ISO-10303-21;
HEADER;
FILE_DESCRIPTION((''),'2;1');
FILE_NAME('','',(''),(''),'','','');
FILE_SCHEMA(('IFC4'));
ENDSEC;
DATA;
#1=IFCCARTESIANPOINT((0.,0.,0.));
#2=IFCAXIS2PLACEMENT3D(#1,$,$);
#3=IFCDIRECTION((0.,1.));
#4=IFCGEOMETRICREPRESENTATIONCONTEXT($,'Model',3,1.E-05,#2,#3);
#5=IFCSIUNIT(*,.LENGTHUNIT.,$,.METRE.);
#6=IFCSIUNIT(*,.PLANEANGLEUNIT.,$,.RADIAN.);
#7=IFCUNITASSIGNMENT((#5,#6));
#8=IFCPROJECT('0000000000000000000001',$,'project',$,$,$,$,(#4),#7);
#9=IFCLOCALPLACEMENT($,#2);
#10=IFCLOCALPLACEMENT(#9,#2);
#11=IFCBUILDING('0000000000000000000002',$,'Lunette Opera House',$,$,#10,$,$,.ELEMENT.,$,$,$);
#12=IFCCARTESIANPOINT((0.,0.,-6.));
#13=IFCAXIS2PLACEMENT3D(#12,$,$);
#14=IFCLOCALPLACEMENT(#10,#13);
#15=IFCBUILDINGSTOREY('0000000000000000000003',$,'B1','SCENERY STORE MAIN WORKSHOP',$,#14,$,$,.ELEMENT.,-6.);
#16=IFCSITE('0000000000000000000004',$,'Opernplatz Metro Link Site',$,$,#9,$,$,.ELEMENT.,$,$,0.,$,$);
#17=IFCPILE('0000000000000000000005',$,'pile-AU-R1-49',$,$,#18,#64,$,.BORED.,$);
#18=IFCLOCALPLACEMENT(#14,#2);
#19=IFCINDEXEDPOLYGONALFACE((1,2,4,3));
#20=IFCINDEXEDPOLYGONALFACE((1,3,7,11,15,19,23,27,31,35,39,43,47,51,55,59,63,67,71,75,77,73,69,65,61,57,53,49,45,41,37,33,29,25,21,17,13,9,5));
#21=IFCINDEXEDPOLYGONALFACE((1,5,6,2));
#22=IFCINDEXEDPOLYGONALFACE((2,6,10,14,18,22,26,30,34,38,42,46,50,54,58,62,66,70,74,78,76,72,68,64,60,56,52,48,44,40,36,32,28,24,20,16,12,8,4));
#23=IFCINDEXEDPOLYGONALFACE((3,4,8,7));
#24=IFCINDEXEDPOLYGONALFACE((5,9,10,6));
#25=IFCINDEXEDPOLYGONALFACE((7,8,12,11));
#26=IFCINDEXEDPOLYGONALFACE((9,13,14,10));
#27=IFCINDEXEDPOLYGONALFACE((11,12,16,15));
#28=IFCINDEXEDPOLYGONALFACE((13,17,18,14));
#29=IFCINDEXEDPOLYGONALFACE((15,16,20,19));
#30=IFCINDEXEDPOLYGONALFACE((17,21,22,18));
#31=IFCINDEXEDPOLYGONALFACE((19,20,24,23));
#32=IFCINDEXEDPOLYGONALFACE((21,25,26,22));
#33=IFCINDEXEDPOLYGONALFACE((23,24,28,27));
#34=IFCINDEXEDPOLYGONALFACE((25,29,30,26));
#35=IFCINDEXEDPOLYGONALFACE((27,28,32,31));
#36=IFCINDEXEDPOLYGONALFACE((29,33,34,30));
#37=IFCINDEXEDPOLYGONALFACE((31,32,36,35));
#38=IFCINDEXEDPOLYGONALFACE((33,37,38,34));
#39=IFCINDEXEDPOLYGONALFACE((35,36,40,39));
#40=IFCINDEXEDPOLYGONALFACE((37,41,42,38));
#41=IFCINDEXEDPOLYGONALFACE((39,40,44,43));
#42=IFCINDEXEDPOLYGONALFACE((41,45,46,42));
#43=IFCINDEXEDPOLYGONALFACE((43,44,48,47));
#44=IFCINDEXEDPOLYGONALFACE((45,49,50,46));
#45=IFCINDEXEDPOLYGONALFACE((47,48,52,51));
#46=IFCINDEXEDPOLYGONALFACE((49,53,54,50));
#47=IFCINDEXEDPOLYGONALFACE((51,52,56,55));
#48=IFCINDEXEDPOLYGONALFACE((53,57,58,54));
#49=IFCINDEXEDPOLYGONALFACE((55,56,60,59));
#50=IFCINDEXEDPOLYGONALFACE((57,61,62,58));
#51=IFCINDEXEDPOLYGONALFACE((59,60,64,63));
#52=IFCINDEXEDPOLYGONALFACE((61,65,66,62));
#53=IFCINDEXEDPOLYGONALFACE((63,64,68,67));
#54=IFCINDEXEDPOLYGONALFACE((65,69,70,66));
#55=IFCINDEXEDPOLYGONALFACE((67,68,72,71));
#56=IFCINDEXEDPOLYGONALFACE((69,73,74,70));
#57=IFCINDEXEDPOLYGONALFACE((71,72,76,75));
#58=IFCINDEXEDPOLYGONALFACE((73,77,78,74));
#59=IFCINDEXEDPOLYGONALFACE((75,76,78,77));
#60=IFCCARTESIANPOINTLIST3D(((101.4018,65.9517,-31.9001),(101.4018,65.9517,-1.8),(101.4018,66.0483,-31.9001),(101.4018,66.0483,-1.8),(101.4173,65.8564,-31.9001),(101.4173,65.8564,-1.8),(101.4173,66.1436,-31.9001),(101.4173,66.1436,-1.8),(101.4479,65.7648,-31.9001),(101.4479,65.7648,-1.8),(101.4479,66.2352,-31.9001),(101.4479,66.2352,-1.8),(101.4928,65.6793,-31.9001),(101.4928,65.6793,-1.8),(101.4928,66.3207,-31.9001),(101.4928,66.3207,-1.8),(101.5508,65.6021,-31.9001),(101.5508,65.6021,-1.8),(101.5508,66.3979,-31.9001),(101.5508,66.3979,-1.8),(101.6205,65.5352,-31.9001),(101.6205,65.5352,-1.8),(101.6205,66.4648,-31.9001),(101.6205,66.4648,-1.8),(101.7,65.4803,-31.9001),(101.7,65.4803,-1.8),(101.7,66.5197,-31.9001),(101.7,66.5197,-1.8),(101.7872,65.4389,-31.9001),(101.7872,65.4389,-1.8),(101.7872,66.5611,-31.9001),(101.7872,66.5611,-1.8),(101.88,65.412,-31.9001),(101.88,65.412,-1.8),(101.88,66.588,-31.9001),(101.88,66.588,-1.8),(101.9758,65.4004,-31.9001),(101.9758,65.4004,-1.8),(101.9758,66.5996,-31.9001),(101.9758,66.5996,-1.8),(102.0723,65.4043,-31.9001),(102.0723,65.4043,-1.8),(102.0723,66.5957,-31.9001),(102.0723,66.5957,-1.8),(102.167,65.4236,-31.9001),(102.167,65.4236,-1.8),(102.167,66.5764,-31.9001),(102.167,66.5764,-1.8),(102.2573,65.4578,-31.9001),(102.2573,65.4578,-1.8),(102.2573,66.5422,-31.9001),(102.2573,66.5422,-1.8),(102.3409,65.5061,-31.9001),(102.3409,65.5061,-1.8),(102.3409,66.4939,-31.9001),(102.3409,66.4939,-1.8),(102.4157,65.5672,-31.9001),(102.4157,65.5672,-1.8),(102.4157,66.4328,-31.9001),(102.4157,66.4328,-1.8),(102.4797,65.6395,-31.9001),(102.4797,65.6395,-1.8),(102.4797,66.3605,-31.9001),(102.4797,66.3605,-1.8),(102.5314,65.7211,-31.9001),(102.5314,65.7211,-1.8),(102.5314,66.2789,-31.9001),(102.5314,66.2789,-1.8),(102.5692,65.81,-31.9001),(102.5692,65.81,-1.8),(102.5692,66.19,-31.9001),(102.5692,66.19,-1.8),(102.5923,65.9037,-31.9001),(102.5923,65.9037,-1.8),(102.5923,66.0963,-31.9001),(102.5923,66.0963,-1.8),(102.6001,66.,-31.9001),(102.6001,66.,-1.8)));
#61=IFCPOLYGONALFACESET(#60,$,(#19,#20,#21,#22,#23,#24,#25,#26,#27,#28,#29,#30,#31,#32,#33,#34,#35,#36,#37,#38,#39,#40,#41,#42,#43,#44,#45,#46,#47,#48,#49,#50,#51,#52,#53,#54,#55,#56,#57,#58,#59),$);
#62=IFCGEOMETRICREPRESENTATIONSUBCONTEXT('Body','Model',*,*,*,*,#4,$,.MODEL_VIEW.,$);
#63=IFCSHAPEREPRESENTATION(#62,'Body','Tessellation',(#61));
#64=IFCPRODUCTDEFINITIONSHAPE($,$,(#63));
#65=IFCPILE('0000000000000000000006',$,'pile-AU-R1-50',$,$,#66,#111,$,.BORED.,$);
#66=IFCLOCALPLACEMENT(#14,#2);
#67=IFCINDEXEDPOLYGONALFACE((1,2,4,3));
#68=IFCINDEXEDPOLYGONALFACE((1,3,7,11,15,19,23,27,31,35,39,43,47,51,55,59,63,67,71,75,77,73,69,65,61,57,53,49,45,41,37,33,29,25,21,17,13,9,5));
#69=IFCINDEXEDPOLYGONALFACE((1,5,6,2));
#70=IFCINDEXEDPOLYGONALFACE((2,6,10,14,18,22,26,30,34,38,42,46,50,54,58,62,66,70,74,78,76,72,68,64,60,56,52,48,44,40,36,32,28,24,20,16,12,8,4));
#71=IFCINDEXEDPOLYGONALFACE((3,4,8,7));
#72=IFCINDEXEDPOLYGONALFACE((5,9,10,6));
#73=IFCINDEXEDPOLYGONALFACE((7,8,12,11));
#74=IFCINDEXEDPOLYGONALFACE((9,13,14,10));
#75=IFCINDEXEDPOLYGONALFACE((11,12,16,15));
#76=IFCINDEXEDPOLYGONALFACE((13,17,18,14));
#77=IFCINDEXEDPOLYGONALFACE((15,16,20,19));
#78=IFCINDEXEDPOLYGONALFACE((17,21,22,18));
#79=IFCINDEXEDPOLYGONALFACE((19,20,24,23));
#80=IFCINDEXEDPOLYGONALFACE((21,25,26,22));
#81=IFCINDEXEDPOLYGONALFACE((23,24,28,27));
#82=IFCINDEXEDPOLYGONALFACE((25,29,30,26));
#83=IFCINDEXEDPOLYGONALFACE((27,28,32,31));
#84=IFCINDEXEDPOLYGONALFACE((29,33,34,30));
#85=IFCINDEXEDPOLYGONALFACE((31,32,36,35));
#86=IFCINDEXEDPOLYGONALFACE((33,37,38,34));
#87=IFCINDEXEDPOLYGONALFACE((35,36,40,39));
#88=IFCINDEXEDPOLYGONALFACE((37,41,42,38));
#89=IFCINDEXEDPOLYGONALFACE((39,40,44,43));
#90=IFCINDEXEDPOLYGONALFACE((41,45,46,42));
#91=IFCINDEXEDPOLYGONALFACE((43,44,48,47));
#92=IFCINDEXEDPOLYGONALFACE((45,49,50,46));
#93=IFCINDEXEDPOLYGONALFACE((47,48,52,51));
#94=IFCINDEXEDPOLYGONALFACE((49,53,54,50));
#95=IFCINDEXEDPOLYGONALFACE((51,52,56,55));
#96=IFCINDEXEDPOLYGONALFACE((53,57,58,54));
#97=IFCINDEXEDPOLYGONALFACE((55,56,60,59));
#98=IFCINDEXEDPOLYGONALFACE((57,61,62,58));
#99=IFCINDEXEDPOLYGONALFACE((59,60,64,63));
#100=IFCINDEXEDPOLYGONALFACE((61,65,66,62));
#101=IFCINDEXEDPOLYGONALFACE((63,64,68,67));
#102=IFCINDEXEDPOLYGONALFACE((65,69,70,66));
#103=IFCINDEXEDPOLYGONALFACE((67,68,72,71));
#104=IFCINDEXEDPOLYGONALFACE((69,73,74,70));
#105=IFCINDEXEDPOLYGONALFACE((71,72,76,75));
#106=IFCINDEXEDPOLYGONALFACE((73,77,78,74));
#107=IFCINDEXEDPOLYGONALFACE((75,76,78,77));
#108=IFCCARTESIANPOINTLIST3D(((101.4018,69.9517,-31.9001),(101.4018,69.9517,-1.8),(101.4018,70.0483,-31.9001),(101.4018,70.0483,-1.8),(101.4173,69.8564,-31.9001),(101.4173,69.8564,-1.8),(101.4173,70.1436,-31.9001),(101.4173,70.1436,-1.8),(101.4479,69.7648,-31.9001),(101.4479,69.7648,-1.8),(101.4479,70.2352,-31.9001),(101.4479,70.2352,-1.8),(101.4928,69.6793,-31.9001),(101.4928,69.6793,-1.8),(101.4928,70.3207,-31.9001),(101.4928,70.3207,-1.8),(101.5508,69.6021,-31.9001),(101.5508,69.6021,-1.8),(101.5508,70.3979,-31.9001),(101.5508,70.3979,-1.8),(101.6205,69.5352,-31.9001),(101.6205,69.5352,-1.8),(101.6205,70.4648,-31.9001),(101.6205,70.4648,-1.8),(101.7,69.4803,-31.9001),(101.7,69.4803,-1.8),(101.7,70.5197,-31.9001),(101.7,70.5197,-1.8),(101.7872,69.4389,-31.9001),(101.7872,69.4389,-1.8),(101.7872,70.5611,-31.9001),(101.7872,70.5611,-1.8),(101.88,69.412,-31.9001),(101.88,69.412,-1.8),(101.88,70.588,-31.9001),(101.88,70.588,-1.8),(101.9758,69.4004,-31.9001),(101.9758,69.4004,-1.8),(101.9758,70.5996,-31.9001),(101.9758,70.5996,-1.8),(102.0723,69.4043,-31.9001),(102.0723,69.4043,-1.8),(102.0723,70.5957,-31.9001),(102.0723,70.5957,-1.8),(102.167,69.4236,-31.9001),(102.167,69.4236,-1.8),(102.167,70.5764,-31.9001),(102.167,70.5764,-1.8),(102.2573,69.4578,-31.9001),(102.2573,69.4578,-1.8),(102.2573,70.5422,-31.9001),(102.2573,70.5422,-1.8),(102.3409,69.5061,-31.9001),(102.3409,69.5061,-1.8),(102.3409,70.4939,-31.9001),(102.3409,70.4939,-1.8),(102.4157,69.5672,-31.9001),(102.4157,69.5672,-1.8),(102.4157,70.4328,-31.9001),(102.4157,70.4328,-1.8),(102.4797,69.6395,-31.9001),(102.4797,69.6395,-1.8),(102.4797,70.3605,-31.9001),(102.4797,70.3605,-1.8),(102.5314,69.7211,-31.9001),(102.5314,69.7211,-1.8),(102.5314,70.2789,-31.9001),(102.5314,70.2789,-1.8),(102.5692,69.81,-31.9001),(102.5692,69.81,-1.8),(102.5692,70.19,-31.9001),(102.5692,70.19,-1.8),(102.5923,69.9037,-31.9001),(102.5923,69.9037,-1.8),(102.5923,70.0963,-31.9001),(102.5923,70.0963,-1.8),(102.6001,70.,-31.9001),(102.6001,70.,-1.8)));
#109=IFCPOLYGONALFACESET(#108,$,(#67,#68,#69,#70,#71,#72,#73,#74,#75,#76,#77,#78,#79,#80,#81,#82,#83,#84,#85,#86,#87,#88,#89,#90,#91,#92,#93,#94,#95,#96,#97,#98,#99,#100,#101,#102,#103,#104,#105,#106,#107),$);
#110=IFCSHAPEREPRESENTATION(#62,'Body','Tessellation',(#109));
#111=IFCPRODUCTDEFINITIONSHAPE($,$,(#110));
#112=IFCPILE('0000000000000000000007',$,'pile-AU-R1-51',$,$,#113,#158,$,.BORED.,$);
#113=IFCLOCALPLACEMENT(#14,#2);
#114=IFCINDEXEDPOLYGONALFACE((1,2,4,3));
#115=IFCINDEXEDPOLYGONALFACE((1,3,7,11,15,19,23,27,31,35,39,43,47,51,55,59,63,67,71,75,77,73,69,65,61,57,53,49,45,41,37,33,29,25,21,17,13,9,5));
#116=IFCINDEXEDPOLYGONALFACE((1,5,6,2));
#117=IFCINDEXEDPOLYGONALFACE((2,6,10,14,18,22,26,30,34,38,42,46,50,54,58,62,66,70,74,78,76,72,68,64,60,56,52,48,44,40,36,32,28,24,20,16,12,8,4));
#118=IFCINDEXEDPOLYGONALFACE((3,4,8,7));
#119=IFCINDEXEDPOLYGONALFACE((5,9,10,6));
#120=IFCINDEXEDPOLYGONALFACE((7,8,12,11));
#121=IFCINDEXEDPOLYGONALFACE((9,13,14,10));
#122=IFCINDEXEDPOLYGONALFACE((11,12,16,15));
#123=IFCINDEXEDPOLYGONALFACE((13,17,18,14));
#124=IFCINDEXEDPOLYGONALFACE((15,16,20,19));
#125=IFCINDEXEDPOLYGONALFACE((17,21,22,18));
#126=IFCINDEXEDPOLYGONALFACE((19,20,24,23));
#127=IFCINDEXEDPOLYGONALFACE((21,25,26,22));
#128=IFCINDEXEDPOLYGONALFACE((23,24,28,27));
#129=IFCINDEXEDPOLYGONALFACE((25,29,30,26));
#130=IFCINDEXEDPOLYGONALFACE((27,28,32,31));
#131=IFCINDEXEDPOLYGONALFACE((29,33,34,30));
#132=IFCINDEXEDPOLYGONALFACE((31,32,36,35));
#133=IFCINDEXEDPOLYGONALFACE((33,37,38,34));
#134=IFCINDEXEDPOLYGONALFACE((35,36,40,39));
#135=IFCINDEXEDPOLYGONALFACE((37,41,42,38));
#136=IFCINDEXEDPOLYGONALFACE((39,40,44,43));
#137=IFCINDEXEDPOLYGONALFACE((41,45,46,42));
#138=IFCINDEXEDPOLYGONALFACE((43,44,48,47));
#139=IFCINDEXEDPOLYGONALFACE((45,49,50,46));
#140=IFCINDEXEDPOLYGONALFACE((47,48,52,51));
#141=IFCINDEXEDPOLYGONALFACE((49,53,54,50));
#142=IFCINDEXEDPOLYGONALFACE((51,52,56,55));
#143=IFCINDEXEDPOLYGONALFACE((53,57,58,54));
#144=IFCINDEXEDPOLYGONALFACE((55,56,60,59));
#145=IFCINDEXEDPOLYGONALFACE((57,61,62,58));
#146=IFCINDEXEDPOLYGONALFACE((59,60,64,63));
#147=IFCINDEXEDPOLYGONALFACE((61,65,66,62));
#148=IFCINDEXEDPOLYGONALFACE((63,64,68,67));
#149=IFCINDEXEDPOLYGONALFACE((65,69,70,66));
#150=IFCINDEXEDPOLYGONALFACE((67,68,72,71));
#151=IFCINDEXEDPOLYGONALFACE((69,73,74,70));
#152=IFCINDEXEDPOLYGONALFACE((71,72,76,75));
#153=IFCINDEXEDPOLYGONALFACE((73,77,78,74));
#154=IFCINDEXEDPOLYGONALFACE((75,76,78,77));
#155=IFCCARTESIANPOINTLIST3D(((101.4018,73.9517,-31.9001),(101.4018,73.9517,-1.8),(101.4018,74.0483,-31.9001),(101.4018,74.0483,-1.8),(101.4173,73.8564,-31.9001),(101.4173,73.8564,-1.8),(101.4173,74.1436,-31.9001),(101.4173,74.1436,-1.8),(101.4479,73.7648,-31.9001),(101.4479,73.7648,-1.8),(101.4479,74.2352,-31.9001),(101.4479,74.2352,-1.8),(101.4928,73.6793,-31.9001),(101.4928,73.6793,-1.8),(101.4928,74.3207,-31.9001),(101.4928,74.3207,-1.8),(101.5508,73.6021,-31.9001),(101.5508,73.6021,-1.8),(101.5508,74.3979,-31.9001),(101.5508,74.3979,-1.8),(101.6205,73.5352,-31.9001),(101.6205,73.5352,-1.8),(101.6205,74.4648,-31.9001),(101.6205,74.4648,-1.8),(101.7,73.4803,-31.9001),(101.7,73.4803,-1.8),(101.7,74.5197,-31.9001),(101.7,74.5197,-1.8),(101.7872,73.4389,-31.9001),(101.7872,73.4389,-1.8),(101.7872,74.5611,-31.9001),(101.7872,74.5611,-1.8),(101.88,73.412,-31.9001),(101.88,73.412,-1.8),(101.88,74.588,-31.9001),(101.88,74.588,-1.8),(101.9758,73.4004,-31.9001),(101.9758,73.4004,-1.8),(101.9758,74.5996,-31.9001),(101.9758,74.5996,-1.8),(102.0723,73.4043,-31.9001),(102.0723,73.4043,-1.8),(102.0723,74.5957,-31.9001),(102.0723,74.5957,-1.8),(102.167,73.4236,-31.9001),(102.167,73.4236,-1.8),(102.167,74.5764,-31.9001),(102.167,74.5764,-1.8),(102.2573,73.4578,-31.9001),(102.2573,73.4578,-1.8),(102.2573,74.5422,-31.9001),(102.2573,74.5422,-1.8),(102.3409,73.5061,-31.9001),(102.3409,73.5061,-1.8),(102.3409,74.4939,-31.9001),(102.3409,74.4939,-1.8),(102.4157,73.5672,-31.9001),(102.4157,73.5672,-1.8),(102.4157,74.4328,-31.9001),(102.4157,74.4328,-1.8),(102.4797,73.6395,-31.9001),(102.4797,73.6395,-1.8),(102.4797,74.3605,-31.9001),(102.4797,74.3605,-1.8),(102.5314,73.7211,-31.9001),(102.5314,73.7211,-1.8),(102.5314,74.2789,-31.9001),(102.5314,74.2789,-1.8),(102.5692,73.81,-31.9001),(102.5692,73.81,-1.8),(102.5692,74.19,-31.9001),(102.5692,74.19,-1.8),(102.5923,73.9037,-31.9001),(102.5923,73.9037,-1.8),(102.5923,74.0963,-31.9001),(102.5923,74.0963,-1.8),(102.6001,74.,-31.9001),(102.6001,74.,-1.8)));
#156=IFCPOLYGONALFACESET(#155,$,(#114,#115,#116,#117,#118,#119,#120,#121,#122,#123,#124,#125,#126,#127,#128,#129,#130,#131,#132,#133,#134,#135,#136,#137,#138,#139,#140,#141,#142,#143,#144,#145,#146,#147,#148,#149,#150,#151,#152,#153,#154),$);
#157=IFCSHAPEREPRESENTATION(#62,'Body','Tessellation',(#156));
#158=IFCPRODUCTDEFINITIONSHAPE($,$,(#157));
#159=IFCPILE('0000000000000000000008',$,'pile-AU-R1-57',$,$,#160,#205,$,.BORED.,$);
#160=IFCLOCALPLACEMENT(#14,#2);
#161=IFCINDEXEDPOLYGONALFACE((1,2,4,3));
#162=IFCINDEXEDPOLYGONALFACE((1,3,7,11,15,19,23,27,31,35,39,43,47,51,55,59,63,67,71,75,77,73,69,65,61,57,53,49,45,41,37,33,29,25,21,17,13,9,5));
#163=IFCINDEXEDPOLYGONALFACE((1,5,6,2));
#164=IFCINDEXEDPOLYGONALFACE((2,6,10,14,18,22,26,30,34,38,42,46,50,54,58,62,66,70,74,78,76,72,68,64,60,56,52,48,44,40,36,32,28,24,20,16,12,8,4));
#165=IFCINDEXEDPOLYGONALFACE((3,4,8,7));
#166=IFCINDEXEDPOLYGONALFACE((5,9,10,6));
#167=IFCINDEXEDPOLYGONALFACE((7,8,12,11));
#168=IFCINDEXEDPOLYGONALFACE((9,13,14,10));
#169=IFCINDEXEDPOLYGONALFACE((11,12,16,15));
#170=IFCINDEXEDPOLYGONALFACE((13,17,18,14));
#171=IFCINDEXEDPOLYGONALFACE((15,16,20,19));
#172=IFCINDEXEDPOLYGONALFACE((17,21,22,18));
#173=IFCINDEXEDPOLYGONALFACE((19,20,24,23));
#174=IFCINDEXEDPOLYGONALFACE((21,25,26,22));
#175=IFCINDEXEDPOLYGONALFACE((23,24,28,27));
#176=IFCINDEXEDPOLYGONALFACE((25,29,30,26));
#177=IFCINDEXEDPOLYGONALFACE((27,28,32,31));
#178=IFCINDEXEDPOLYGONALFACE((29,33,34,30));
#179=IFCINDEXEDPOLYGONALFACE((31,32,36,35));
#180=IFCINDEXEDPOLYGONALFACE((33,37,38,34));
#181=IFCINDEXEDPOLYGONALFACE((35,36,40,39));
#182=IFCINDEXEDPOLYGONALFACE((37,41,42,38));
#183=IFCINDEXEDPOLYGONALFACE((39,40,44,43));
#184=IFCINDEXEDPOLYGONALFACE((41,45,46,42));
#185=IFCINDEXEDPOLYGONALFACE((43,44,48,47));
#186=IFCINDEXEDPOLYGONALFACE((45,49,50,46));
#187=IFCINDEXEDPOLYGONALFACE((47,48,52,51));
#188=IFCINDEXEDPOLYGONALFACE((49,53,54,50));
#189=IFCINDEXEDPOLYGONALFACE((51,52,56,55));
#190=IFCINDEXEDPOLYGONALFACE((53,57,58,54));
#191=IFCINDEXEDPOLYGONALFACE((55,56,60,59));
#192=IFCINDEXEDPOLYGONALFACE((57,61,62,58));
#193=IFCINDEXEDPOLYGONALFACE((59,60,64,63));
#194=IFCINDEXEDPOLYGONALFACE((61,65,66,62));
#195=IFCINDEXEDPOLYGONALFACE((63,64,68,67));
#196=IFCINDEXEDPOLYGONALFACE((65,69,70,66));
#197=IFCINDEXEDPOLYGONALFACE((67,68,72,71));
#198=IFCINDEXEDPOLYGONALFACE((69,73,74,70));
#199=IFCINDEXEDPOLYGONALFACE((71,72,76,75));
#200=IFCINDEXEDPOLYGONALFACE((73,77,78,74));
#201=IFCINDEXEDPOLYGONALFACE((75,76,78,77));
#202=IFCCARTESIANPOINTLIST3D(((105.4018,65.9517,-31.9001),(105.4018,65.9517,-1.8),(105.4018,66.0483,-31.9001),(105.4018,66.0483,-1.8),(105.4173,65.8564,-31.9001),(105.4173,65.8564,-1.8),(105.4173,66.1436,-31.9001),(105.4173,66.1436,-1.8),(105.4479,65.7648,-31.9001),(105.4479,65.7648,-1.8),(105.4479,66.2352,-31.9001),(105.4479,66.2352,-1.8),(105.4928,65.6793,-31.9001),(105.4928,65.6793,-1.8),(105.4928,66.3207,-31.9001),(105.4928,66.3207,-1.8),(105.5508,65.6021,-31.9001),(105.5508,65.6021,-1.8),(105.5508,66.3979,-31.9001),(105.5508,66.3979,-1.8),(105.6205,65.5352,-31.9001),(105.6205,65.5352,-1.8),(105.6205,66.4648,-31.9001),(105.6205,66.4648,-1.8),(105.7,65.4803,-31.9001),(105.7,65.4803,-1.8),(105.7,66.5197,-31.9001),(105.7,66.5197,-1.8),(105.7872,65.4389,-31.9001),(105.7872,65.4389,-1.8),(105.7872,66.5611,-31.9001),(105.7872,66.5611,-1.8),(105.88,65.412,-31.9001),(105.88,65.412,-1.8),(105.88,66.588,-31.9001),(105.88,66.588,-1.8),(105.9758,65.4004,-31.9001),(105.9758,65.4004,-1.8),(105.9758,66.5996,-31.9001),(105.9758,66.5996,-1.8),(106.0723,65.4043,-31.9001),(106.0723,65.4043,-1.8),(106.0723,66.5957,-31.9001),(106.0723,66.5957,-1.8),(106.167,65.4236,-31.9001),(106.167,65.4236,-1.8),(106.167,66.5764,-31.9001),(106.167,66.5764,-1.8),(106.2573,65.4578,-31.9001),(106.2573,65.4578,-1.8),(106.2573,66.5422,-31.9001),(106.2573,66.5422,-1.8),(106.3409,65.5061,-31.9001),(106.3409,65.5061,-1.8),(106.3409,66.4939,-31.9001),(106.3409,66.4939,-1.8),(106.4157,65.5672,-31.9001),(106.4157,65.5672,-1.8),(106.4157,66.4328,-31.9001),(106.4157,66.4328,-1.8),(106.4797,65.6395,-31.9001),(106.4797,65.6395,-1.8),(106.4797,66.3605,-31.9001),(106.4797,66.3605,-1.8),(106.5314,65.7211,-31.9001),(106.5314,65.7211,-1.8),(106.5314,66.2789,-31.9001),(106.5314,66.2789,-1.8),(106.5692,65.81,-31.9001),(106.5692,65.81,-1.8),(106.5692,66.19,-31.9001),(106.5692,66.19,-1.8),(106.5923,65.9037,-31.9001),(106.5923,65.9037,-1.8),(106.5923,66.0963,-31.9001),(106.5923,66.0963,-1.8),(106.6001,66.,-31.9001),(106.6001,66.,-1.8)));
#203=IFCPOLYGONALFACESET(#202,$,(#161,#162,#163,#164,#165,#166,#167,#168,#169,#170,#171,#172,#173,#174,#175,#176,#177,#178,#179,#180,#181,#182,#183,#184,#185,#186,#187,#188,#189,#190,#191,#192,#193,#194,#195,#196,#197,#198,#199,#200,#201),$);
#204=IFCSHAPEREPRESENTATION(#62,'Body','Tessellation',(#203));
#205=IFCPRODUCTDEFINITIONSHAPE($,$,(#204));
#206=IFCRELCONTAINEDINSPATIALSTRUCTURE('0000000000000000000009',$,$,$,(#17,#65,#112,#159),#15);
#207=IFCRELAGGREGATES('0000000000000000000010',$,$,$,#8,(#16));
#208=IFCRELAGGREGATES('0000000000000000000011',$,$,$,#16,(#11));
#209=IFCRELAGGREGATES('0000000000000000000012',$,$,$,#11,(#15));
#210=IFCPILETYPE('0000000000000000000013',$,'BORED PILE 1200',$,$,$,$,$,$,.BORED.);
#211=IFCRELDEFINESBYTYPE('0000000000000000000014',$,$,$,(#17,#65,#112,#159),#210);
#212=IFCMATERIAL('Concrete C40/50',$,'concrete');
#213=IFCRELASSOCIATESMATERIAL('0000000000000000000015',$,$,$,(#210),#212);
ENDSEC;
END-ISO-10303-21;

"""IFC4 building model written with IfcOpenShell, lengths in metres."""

from ifc_helpers import new_model, si_unit, direction, frame, origin, origin_2d, place, context, subcontext, project, spatial, circle, extrude, material, material_profile, profile_set, type_object, element, save


model = new_model("IFC4")

# Units and contexts
model_context = context("Model", 3, precision=1e-05, world=origin(), true_north=direction((0.0, 1.0)))
body_context = subcontext(model_context, "Body", "Model", "MODEL_VIEW")
ifc_project = project(units=[si_unit("LENGTHUNIT", "METRE"), si_unit("PLANEANGLEUNIT", "RADIAN")], contexts=[model_context])

# Site, building, storey
site_placement = place(None, origin())
site = spatial("IfcSite", under=ifc_project, at=site_placement, Name="Opernplatz Metro Link Site", CompositionType="ELEMENT", RefElevation=0.0)
building_placement = place(site_placement, origin())
building = spatial("IfcBuilding", under=site, at=building_placement, Name="Lunette Opera House", CompositionType="ELEMENT")
storey_placement = place(building_placement, frame((0.0, 0.0, -6.0)))
storey = spatial("IfcBuildingStorey", under=building, at=storey_placement, Name="B1", Description="SCENERY STORE MAIN WORKSHOP", CompositionType="ELEMENT", Elevation=-6.0)

# Piles
ifc_material_1 = material(Name="Concrete C40/50", Category="concrete")
ifc_material_profile_1 = material_profile(ifc_material_1, circle(Radius=0.6001, at=origin_2d()), Name="BORED PILE 1200")
ifc_profile_set_1 = profile_set([ifc_material_profile_1], Name="Concrete C40/50")
pile_type_1 = type_object("IfcPileType", Name="BORED PILE 1200", PredefinedType="BORED", material=ifc_profile_set_1)
for number, where, z_axis, x_axis, name in (
    (1, (102.0, 66.0, -1.8), (0.0, 0.0, -1.0), (1.0, 0.0, 0.0), "pile-AU-R1-49"),
    (2, (102.0, 70.0, -1.8), (0.0, 0.0, -1.0), (1.0, 0.0, 0.0), "pile-AU-R1-50"),
    (3, (102.0, 74.0, -1.8), (0.0, 0.0, -1.0), (1.0, 0.0, 0.0), "pile-AU-R1-51"),
    (4, (106.0, 66.0, -1.8), (0.0, 0.0, -1.0), (1.0, 0.0, 0.0), "pile-AU-R1-57"),
):
    element("IfcPile", number, at=place(storey_placement, frame(where, z_axis=z_axis, x_axis=x_axis)), inside=storey, type_object=pile_type_1, Name=name, PredefinedType="BORED", context=body_context, shape_type="SweptSolid", body=[
        extrude(circle(Radius=0.6001, at=origin_2d()), origin(), (0.0, 0.0, 1.0), 30.1001),
    ])

save(model, "model.ifc")
